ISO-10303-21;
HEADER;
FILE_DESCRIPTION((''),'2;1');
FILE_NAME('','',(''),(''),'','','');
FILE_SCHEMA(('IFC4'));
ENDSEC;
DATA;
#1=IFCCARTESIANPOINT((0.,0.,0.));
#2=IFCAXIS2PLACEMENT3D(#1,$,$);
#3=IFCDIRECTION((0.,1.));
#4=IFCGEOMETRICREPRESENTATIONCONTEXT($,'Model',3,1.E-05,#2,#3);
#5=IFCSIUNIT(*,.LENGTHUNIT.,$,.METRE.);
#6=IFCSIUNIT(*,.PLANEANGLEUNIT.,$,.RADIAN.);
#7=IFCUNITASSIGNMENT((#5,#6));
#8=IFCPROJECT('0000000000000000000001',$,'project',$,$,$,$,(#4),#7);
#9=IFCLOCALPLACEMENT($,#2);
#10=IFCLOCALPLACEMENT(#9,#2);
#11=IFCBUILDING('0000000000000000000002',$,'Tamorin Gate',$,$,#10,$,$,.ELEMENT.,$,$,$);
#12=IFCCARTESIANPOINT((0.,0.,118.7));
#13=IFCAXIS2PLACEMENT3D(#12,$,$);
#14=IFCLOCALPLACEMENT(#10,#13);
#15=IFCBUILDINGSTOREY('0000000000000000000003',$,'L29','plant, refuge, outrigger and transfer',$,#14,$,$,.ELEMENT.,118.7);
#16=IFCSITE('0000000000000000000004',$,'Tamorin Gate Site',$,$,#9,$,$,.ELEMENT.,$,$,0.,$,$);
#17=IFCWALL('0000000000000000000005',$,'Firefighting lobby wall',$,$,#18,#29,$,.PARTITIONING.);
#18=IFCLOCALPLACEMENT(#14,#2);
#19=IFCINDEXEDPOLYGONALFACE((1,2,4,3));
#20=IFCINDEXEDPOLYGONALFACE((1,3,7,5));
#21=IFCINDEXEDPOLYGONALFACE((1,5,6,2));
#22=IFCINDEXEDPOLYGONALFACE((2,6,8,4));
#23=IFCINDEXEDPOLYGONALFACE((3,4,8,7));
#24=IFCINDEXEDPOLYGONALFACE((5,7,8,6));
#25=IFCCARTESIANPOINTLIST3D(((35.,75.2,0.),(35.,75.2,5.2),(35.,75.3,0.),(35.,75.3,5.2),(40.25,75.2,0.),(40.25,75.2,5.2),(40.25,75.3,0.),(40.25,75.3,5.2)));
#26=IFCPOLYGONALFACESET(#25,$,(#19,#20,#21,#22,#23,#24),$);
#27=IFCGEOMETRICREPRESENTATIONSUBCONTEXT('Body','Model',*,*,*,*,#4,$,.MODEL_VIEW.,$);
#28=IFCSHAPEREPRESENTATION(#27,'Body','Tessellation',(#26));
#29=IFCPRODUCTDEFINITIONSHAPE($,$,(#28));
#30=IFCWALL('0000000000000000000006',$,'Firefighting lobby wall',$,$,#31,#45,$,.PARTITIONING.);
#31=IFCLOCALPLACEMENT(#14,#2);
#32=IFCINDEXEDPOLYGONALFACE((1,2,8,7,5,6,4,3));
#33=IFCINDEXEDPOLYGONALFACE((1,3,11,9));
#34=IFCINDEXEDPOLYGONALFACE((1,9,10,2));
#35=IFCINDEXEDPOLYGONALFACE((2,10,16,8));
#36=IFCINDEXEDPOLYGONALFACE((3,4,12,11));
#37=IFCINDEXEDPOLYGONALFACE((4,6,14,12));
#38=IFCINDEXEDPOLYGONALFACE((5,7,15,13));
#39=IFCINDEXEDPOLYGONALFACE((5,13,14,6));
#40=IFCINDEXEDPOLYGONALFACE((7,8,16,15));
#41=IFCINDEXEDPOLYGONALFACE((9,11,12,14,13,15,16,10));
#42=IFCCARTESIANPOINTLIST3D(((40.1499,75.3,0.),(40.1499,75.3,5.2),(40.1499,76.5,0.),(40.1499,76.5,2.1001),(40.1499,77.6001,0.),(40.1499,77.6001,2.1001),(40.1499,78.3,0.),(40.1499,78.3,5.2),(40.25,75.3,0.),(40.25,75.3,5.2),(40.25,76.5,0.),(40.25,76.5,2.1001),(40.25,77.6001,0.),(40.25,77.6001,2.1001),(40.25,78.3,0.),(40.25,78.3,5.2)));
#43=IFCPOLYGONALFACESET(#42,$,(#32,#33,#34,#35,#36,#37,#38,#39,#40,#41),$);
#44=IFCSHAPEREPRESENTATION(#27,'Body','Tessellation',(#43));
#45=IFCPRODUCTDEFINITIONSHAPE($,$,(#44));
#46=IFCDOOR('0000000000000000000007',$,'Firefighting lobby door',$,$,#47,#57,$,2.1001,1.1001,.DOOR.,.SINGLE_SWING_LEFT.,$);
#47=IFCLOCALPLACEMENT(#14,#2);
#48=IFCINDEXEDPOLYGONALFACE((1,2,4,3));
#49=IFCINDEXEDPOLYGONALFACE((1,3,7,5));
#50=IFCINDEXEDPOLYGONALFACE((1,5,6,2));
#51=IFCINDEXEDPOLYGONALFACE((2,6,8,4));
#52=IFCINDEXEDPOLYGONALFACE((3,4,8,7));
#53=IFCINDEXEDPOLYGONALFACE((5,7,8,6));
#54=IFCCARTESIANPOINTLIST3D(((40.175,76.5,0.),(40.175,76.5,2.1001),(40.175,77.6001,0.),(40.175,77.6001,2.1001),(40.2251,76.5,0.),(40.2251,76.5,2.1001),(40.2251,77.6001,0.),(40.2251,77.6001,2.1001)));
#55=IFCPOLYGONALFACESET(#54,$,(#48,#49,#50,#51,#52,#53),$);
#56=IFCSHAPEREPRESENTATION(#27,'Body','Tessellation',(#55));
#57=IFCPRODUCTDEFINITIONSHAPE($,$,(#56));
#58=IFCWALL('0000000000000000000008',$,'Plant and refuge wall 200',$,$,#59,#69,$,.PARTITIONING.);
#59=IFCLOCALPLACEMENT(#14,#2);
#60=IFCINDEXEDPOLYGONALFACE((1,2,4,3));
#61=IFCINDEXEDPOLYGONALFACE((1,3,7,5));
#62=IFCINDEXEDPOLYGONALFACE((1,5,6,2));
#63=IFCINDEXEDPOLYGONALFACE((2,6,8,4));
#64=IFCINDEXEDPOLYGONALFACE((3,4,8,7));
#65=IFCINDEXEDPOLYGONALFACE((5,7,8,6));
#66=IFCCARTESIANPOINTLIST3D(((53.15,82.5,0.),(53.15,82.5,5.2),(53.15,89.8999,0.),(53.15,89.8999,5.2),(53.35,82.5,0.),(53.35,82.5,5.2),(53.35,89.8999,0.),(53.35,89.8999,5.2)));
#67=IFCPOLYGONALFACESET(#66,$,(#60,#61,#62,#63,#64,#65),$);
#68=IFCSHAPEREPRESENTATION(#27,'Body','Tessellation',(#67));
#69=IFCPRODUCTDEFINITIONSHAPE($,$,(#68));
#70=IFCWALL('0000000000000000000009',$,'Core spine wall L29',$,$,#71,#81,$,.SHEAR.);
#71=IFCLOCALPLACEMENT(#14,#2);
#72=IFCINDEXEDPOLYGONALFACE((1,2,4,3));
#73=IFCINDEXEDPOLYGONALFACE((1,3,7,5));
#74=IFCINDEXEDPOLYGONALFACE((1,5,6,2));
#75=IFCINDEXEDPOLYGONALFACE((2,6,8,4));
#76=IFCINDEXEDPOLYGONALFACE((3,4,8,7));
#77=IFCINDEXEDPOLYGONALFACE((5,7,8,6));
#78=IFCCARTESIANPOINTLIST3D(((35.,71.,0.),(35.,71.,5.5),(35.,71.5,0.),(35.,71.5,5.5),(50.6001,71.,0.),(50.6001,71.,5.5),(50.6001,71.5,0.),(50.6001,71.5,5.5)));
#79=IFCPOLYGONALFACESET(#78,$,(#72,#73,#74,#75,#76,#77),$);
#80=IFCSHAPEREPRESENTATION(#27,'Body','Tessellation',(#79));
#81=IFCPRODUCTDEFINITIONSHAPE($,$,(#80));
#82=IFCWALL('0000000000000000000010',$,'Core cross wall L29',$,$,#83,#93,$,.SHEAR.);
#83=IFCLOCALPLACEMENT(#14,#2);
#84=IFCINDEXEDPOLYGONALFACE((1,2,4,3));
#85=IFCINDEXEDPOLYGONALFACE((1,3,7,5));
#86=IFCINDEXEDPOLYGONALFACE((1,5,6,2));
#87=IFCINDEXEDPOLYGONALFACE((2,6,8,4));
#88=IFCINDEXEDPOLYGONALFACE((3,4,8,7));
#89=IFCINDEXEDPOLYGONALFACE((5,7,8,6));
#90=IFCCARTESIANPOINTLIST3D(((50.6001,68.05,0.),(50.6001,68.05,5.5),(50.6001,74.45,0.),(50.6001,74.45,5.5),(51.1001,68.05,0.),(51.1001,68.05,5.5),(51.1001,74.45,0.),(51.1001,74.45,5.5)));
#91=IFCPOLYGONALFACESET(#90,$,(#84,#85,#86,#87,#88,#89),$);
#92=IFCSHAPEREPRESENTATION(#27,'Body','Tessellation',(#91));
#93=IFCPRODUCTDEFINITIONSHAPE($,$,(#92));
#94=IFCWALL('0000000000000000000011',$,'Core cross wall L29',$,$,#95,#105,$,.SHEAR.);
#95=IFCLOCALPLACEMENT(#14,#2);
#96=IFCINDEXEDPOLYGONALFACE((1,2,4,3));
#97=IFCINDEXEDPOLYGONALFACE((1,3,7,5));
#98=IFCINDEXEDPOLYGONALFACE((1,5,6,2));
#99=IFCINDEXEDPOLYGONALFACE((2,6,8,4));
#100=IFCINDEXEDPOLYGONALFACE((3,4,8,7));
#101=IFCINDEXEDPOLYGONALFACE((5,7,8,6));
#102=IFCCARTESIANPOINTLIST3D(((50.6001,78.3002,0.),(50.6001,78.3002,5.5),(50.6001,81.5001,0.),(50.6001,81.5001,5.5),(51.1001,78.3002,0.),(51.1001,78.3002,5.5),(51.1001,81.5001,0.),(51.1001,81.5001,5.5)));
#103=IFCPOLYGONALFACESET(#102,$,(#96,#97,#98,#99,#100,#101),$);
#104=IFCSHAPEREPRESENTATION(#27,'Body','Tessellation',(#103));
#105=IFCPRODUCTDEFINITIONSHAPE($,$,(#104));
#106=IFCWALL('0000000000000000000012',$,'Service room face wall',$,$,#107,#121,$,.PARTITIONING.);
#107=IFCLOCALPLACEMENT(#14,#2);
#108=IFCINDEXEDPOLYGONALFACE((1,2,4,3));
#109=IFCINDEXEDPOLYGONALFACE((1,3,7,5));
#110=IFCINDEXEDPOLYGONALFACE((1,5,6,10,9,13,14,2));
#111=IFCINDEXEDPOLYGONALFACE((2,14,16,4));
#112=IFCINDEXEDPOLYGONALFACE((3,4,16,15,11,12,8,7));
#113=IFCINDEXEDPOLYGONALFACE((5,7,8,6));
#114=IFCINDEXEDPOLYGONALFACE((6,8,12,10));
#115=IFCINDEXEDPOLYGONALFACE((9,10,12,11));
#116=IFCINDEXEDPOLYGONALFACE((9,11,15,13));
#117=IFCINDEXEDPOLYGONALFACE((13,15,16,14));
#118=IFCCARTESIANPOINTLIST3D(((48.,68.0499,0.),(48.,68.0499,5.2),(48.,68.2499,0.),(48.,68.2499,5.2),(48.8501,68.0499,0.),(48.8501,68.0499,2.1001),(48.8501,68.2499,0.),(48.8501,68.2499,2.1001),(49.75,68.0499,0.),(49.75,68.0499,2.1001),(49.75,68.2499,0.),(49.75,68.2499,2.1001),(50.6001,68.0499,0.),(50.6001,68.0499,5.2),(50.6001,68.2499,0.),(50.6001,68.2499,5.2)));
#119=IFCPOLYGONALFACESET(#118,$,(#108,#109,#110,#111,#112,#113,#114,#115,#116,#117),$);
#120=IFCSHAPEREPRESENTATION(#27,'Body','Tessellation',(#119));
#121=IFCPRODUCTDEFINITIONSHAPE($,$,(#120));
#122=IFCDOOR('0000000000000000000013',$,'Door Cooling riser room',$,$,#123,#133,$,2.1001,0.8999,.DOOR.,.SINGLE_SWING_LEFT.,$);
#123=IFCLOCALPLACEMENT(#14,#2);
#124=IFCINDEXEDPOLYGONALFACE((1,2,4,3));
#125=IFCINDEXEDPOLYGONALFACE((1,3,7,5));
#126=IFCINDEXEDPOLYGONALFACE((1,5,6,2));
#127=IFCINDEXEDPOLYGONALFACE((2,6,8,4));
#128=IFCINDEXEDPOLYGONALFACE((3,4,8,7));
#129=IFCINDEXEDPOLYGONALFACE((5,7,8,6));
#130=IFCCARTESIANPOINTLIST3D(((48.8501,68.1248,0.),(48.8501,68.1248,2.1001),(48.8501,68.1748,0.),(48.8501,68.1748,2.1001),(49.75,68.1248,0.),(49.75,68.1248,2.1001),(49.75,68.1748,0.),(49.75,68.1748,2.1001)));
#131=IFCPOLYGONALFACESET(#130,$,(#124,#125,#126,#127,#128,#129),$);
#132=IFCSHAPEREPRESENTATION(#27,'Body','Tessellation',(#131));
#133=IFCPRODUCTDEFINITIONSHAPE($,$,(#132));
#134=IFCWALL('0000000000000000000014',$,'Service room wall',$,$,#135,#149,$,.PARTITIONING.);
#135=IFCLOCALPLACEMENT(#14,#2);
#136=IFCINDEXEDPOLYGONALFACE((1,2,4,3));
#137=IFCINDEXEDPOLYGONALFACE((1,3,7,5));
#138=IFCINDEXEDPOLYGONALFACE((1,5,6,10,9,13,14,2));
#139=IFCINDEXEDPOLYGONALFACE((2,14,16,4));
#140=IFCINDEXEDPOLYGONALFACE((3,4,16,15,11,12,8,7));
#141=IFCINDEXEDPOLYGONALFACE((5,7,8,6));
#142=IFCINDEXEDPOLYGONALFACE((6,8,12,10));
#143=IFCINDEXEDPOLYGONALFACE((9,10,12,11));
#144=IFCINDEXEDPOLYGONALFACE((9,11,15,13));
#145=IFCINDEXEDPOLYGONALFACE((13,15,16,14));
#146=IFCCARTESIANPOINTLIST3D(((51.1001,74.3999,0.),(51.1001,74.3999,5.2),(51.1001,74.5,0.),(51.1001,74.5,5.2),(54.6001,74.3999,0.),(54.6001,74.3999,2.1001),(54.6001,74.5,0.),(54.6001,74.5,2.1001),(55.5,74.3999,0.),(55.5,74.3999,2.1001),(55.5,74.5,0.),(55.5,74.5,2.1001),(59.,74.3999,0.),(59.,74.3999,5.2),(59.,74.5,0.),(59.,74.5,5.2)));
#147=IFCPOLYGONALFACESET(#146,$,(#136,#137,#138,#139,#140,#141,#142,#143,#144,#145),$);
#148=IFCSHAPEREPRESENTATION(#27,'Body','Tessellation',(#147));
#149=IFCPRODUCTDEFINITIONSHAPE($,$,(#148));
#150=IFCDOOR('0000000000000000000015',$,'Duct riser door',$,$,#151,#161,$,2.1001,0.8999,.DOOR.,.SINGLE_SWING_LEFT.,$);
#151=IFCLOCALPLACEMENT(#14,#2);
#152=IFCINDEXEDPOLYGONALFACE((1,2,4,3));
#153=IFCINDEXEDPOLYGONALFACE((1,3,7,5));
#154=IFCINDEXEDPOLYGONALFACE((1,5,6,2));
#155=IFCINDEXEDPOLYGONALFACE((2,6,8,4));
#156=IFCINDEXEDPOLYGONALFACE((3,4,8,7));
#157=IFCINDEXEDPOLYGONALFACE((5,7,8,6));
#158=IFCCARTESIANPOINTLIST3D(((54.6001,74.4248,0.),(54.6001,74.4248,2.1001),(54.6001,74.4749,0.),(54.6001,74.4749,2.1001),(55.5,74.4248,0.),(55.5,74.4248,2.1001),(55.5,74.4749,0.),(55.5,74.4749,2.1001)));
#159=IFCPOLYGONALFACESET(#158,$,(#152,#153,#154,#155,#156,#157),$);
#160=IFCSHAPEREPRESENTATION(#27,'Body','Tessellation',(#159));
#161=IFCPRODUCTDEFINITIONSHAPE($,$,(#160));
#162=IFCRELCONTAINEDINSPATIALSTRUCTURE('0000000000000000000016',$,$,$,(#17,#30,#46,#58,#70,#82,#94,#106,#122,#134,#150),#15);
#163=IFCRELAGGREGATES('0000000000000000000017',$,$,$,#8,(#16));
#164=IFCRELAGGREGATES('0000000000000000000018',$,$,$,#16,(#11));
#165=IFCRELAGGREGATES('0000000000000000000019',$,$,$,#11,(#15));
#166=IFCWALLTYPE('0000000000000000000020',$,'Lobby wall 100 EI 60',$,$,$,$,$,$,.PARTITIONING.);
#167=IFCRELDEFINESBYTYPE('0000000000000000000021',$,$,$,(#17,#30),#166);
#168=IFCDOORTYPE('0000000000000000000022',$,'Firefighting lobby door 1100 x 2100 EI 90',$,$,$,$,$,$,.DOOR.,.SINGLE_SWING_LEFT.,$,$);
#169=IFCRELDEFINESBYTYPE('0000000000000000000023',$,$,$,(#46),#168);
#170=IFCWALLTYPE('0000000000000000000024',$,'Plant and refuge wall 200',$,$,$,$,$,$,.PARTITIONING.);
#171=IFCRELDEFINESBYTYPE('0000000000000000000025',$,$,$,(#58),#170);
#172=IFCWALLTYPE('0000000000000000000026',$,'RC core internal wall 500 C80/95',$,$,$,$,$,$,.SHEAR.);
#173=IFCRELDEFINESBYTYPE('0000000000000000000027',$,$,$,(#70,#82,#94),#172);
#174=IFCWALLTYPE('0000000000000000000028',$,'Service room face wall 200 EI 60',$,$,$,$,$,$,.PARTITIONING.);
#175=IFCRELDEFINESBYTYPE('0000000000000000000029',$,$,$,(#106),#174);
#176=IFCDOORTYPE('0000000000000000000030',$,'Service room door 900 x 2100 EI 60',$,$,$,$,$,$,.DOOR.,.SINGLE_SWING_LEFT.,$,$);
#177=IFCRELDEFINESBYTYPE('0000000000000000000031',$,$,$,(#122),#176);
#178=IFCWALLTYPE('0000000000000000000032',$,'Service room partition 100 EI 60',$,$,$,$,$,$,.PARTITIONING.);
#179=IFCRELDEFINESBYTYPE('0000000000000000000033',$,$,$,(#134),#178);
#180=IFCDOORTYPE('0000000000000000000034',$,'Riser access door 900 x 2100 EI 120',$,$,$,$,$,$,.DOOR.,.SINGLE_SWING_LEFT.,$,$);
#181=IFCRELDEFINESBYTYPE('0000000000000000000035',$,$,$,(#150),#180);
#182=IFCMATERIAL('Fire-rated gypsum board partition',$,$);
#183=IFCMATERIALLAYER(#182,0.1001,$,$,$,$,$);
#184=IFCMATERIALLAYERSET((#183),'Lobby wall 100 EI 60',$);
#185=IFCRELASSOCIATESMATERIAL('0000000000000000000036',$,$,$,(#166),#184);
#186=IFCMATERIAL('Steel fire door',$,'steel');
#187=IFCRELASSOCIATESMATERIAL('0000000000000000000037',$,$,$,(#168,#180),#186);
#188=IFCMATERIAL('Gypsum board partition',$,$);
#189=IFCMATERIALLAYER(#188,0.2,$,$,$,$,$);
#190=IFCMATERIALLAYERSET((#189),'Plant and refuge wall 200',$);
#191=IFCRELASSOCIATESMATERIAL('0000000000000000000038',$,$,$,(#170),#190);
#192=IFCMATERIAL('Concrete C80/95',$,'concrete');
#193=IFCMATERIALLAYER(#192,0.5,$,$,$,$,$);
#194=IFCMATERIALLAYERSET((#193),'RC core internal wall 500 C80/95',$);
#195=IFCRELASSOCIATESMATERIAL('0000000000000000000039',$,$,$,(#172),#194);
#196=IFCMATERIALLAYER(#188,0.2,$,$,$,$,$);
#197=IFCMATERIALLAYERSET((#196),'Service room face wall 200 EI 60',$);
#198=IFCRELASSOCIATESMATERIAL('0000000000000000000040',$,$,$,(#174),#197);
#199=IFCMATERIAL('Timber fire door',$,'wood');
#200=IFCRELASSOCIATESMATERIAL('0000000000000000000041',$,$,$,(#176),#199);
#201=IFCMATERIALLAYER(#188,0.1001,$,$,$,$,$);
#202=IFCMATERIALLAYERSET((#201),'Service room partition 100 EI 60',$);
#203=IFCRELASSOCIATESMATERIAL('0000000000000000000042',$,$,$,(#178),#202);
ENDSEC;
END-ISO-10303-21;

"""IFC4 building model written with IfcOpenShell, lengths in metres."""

from ifc_helpers import new_model, si_unit, direction, frame, frame_2d, origin, place, context, subcontext, project, spatial, rectangle, extrude, material, layer, layer_set, type_object, element, fill, save


model = new_model("IFC4")

# Units and contexts
model_context = context("Model", 3, precision=1e-05, world=origin(), true_north=direction((0.0, 1.0)))
body_context = subcontext(model_context, "Body", "Model", "MODEL_VIEW")
ifc_project = project(units=[si_unit("LENGTHUNIT", "METRE"), si_unit("PLANEANGLEUNIT", "RADIAN")], contexts=[model_context])

# Site, building, storey
site_placement = place(None, origin())
site = spatial("IfcSite", under=ifc_project, at=site_placement, Name="Tamorin Gate Site", CompositionType="ELEMENT", RefElevation=0.0)
building_placement = place(site_placement, origin())
building = spatial("IfcBuilding", under=site, at=building_placement, Name="Tamorin Gate", CompositionType="ELEMENT")
storey_placement = place(building_placement, frame((0.0, 0.0, 118.7)))
storey = spatial("IfcBuildingStorey", under=building, at=storey_placement, Name="L29", Description="plant, refuge, outrigger and transfer", CompositionType="ELEMENT", Elevation=118.7)

# Shared definitions
ifc_material_1 = material(Name="Concrete C80/95", Category="concrete")

# Wall
ifc_material_2 = material(Name="Fire-rated gypsum board partition")
ifc_layer_1 = layer(ifc_material_2, 0.1001)
ifc_layer_set_1 = layer_set([ifc_layer_1], Name="Lobby wall 100 EI 60")
wall_type_1 = type_object("IfcWallType", Name="Lobby wall 100 EI 60", PredefinedType="PARTITIONING", material=ifc_layer_set_1)
wall_1_placement = place(storey_placement, frame((35.0, 75.25, 0.0), z_axis=(0.0, 0.0, 1.0), x_axis=(1.0, 0.0, 0.0)))
element("IfcWall", 1, at=wall_1_placement, inside=storey, type_object=wall_type_1, Name="Firefighting lobby wall", PredefinedType="PARTITIONING", context=body_context, shape_type="SweptSolid", body=[
    extrude(rectangle(XDim=5.25, YDim=0.1001, at=frame_2d((2.625, 0.0))), origin(), (0.0, 0.0, 1.0), 5.2),
])

# Wall, opening, door
wall_2_placement = place(storey_placement, frame((40.2, 75.3, 0.0), z_axis=(0.0, 0.0, 1.0), x_axis=(0.0, 1.0, 0.0)))
wall_2 = element("IfcWall", 2, at=wall_2_placement, inside=storey, type_object=wall_type_1, Name="Firefighting lobby wall", PredefinedType="PARTITIONING", context=body_context, shape_type="SweptSolid", body=[
    extrude(rectangle(XDim=3.0, YDim=0.1001, at=frame_2d((1.5, 0.0))), origin(), (0.0, 0.0, 1.0), 5.2),
])
opening_1_placement = place(wall_2_placement, frame((1.2, 0.0, 0.0)))
opening_1 = element("IfcOpeningElement", 3, at=opening_1_placement, cuts=wall_2, PredefinedType="OPENING", context=body_context, shape_type="SweptSolid", body=[
    extrude(rectangle(XDim=1.1001, YDim=2.1001, at=frame_2d((0.55, 1.05))), frame((0.0, 0.0601, 0.0), z_axis=(0.0, -1.0, 0.0), x_axis=(1.0, 0.0, 0.0)), (0.0, 0.0, 1.0), 0.1201),
])
ifc_material_3 = material(Name="Steel fire door", Category="steel")
door_type_1 = type_object("IfcDoorType", Name="Firefighting lobby door 1100 x 2100 EI 90", OperationType="SINGLE_SWING_LEFT", PredefinedType="DOOR", material=ifc_material_3)
door_1_placement = place(opening_1_placement, origin())
door_1 = element("IfcDoor", 4, at=door_1_placement, inside=storey, type_object=door_type_1, Name="Firefighting lobby door", OperationType="SINGLE_SWING_LEFT", OverallHeight=2.1001, OverallWidth=1.1001, PredefinedType="DOOR", context=body_context, shape_type="SweptSolid", body=[
    extrude(rectangle(XDim=1.1001, YDim=2.1001, at=frame_2d((0.55, 1.05))), frame((0.0, 0.0249, 0.0), z_axis=(0.0, -1.0, 0.0), x_axis=(1.0, 0.0, 0.0)), (0.0, 0.0, 1.0), 0.05),
])
fill(opening_1, door_1)

# Walls
ifc_material_4 = material(Name="Gypsum board partition")
ifc_layer_2 = layer(ifc_material_4, 0.2)
ifc_layer_set_2 = layer_set([ifc_layer_2], Name="Plant and refuge wall 200")
wall_type_2 = type_object("IfcWallType", Name="Plant and refuge wall 200", PredefinedType="PARTITIONING", material=ifc_layer_set_2)
wall_3_placement = place(storey_placement, frame((53.25, 82.5, 0.0), z_axis=(0.0, 0.0, 1.0), x_axis=(0.0, 1.0, 0.0)))
element("IfcWall", 5, at=wall_3_placement, inside=storey, type_object=wall_type_2, Name="Plant and refuge wall 200", PredefinedType="PARTITIONING", context=body_context, shape_type="SweptSolid", body=[
    extrude(rectangle(XDim=7.3999, YDim=0.2, at=frame_2d((3.7, 0.0))), origin(), (0.0, 0.0, 1.0), 5.2),
])
ifc_layer_3 = layer(ifc_material_1, 0.5)
ifc_layer_set_3 = layer_set([ifc_layer_3], Name="RC core internal wall 500 C80/95")
wall_type_3 = type_object("IfcWallType", Name="RC core internal wall 500 C80/95", PredefinedType="SHEAR", material=ifc_layer_set_3)
wall_4_placement = place(storey_placement, frame((35.0, 71.25, 0.0), z_axis=(0.0, 0.0, 1.0), x_axis=(1.0, 0.0, 0.0)))
element("IfcWall", 6, at=wall_4_placement, inside=storey, type_object=wall_type_3, Name="Core spine wall L29", PredefinedType="SHEAR", context=body_context, shape_type="SweptSolid", body=[
    extrude(rectangle(XDim=15.6001, YDim=0.5, at=frame_2d((7.8, 0.0))), origin(), (0.0, 0.0, 1.0), 5.5),
])
wall_5_placement = place(storey_placement, frame((50.8501, 68.05, 0.0), z_axis=(0.0, 0.0, 1.0), x_axis=(0.0, 1.0, 0.0)))
element("IfcWall", 7, at=wall_5_placement, inside=storey, type_object=wall_type_3, Name="Core cross wall L29", PredefinedType="SHEAR", context=body_context, shape_type="SweptSolid", body=[
    extrude(rectangle(XDim=6.3999, YDim=0.5, at=frame_2d((3.2, 0.0))), origin(), (0.0, 0.0, 1.0), 5.5),
])
wall_6_placement = place(storey_placement, frame((50.8501, 78.3, 0.0), z_axis=(0.0, 0.0, 1.0), x_axis=(0.0, 1.0, 0.0)))
element("IfcWall", 8, at=wall_6_placement, inside=storey, type_object=wall_type_3, Name="Core cross wall L29", PredefinedType="SHEAR", context=body_context, shape_type="SweptSolid", body=[
    extrude(rectangle(XDim=3.2, YDim=0.5, at=frame_2d((1.6001, 0.0))), origin(), (0.0, 0.0, 1.0), 5.5),
])

# Walls, openings, doors
ifc_layer_4 = layer(ifc_material_4, 0.2)
ifc_layer_set_4 = layer_set([ifc_layer_4], Name="Service room face wall 200 EI 60")
wall_type_4 = type_object("IfcWallType", Name="Service room face wall 200 EI 60", PredefinedType="PARTITIONING", material=ifc_layer_set_4)
wall_7_placement = place(storey_placement, frame((48.0, 68.1499, 0.0), z_axis=(0.0, 0.0, 1.0), x_axis=(1.0, 0.0, 0.0)))
wall_7 = element("IfcWall", 9, at=wall_7_placement, inside=storey, type_object=wall_type_4, Name="Service room face wall", PredefinedType="PARTITIONING", context=body_context, shape_type="SweptSolid", body=[
    extrude(rectangle(XDim=2.6001, YDim=0.2, at=frame_2d((1.3, 0.0))), origin(), (0.0, 0.0, 1.0), 5.2),
])
opening_2_placement = place(wall_7_placement, frame((0.8501, 0.0, 0.0)))
opening_2 = element("IfcOpeningElement", 10, at=opening_2_placement, cuts=wall_7, PredefinedType="OPENING", context=body_context, shape_type="SweptSolid", body=[
    extrude(rectangle(XDim=0.8999, YDim=2.1001, at=frame_2d((0.45, 1.05))), frame((0.0, 0.1099, 0.0), z_axis=(0.0, -1.0, 0.0), x_axis=(1.0, 0.0, 0.0)), (0.0, 0.0, 1.0), 0.22),
])
ifc_material_5 = material(Name="Timber fire door", Category="wood")
door_type_2 = type_object("IfcDoorType", Name="Service room door 900 x 2100 EI 60", OperationType="SINGLE_SWING_LEFT", PredefinedType="DOOR", material=ifc_material_5)
door_2_placement = place(opening_2_placement, origin())
door_2 = element("IfcDoor", 11, at=door_2_placement, inside=storey, type_object=door_type_2, Name="Door Cooling riser room", OperationType="SINGLE_SWING_LEFT", OverallHeight=2.1001, OverallWidth=0.8999, PredefinedType="DOOR", context=body_context, shape_type="SweptSolid", body=[
    extrude(rectangle(XDim=0.8999, YDim=2.1001, at=frame_2d((0.45, 1.05))), frame((0.0, 0.0249, 0.0), z_axis=(0.0, -1.0, 0.0), x_axis=(1.0, 0.0, 0.0)), (0.0, 0.0, 1.0), 0.05),
])
fill(opening_2, door_2)
ifc_layer_5 = layer(ifc_material_4, 0.1001)
ifc_layer_set_5 = layer_set([ifc_layer_5], Name="Service room partition 100 EI 60")
wall_type_5 = type_object("IfcWallType", Name="Service room partition 100 EI 60", PredefinedType="PARTITIONING", material=ifc_layer_set_5)
wall_8_placement = place(storey_placement, frame((51.1001, 74.45, 0.0), z_axis=(0.0, 0.0, 1.0), x_axis=(1.0, 0.0, 0.0)))
wall_8 = element("IfcWall", 12, at=wall_8_placement, inside=storey, type_object=wall_type_5, Name="Service room wall", PredefinedType="PARTITIONING", context=body_context, shape_type="SweptSolid", body=[
    extrude(rectangle(XDim=7.8999, YDim=0.1001, at=frame_2d((3.95, 0.0))), origin(), (0.0, 0.0, 1.0), 5.2),
])
opening_3_placement = place(wall_8_placement, frame((3.5, 0.0, 0.0)))
opening_3 = element("IfcOpeningElement", 13, at=opening_3_placement, cuts=wall_8, PredefinedType="OPENING", context=body_context, shape_type="SweptSolid", body=[
    extrude(rectangle(XDim=0.8999, YDim=2.1001, at=frame_2d((0.45, 1.05))), frame((0.0, 0.0601, 0.0), z_axis=(0.0, -1.0, 0.0), x_axis=(1.0, 0.0, 0.0)), (0.0, 0.0, 1.0), 0.1201),
])
door_type_3 = type_object("IfcDoorType", Name="Riser access door 900 x 2100 EI 120", OperationType="SINGLE_SWING_LEFT", PredefinedType="DOOR", material=ifc_material_3)
door_3_placement = place(opening_3_placement, origin())
door_3 = element("IfcDoor", 14, at=door_3_placement, inside=storey, type_object=door_type_3, Name="Duct riser door", OperationType="SINGLE_SWING_LEFT", OverallHeight=2.1001, OverallWidth=0.8999, PredefinedType="DOOR", context=body_context, shape_type="SweptSolid", body=[
    extrude(rectangle(XDim=0.8999, YDim=2.1001, at=frame_2d((0.45, 1.05))), frame((0.0, 0.0249, 0.0), z_axis=(0.0, -1.0, 0.0), x_axis=(1.0, 0.0, 0.0)), (0.0, 0.0, 1.0), 0.05),
])
fill(opening_3, door_3)

save(model, "model.ifc")
